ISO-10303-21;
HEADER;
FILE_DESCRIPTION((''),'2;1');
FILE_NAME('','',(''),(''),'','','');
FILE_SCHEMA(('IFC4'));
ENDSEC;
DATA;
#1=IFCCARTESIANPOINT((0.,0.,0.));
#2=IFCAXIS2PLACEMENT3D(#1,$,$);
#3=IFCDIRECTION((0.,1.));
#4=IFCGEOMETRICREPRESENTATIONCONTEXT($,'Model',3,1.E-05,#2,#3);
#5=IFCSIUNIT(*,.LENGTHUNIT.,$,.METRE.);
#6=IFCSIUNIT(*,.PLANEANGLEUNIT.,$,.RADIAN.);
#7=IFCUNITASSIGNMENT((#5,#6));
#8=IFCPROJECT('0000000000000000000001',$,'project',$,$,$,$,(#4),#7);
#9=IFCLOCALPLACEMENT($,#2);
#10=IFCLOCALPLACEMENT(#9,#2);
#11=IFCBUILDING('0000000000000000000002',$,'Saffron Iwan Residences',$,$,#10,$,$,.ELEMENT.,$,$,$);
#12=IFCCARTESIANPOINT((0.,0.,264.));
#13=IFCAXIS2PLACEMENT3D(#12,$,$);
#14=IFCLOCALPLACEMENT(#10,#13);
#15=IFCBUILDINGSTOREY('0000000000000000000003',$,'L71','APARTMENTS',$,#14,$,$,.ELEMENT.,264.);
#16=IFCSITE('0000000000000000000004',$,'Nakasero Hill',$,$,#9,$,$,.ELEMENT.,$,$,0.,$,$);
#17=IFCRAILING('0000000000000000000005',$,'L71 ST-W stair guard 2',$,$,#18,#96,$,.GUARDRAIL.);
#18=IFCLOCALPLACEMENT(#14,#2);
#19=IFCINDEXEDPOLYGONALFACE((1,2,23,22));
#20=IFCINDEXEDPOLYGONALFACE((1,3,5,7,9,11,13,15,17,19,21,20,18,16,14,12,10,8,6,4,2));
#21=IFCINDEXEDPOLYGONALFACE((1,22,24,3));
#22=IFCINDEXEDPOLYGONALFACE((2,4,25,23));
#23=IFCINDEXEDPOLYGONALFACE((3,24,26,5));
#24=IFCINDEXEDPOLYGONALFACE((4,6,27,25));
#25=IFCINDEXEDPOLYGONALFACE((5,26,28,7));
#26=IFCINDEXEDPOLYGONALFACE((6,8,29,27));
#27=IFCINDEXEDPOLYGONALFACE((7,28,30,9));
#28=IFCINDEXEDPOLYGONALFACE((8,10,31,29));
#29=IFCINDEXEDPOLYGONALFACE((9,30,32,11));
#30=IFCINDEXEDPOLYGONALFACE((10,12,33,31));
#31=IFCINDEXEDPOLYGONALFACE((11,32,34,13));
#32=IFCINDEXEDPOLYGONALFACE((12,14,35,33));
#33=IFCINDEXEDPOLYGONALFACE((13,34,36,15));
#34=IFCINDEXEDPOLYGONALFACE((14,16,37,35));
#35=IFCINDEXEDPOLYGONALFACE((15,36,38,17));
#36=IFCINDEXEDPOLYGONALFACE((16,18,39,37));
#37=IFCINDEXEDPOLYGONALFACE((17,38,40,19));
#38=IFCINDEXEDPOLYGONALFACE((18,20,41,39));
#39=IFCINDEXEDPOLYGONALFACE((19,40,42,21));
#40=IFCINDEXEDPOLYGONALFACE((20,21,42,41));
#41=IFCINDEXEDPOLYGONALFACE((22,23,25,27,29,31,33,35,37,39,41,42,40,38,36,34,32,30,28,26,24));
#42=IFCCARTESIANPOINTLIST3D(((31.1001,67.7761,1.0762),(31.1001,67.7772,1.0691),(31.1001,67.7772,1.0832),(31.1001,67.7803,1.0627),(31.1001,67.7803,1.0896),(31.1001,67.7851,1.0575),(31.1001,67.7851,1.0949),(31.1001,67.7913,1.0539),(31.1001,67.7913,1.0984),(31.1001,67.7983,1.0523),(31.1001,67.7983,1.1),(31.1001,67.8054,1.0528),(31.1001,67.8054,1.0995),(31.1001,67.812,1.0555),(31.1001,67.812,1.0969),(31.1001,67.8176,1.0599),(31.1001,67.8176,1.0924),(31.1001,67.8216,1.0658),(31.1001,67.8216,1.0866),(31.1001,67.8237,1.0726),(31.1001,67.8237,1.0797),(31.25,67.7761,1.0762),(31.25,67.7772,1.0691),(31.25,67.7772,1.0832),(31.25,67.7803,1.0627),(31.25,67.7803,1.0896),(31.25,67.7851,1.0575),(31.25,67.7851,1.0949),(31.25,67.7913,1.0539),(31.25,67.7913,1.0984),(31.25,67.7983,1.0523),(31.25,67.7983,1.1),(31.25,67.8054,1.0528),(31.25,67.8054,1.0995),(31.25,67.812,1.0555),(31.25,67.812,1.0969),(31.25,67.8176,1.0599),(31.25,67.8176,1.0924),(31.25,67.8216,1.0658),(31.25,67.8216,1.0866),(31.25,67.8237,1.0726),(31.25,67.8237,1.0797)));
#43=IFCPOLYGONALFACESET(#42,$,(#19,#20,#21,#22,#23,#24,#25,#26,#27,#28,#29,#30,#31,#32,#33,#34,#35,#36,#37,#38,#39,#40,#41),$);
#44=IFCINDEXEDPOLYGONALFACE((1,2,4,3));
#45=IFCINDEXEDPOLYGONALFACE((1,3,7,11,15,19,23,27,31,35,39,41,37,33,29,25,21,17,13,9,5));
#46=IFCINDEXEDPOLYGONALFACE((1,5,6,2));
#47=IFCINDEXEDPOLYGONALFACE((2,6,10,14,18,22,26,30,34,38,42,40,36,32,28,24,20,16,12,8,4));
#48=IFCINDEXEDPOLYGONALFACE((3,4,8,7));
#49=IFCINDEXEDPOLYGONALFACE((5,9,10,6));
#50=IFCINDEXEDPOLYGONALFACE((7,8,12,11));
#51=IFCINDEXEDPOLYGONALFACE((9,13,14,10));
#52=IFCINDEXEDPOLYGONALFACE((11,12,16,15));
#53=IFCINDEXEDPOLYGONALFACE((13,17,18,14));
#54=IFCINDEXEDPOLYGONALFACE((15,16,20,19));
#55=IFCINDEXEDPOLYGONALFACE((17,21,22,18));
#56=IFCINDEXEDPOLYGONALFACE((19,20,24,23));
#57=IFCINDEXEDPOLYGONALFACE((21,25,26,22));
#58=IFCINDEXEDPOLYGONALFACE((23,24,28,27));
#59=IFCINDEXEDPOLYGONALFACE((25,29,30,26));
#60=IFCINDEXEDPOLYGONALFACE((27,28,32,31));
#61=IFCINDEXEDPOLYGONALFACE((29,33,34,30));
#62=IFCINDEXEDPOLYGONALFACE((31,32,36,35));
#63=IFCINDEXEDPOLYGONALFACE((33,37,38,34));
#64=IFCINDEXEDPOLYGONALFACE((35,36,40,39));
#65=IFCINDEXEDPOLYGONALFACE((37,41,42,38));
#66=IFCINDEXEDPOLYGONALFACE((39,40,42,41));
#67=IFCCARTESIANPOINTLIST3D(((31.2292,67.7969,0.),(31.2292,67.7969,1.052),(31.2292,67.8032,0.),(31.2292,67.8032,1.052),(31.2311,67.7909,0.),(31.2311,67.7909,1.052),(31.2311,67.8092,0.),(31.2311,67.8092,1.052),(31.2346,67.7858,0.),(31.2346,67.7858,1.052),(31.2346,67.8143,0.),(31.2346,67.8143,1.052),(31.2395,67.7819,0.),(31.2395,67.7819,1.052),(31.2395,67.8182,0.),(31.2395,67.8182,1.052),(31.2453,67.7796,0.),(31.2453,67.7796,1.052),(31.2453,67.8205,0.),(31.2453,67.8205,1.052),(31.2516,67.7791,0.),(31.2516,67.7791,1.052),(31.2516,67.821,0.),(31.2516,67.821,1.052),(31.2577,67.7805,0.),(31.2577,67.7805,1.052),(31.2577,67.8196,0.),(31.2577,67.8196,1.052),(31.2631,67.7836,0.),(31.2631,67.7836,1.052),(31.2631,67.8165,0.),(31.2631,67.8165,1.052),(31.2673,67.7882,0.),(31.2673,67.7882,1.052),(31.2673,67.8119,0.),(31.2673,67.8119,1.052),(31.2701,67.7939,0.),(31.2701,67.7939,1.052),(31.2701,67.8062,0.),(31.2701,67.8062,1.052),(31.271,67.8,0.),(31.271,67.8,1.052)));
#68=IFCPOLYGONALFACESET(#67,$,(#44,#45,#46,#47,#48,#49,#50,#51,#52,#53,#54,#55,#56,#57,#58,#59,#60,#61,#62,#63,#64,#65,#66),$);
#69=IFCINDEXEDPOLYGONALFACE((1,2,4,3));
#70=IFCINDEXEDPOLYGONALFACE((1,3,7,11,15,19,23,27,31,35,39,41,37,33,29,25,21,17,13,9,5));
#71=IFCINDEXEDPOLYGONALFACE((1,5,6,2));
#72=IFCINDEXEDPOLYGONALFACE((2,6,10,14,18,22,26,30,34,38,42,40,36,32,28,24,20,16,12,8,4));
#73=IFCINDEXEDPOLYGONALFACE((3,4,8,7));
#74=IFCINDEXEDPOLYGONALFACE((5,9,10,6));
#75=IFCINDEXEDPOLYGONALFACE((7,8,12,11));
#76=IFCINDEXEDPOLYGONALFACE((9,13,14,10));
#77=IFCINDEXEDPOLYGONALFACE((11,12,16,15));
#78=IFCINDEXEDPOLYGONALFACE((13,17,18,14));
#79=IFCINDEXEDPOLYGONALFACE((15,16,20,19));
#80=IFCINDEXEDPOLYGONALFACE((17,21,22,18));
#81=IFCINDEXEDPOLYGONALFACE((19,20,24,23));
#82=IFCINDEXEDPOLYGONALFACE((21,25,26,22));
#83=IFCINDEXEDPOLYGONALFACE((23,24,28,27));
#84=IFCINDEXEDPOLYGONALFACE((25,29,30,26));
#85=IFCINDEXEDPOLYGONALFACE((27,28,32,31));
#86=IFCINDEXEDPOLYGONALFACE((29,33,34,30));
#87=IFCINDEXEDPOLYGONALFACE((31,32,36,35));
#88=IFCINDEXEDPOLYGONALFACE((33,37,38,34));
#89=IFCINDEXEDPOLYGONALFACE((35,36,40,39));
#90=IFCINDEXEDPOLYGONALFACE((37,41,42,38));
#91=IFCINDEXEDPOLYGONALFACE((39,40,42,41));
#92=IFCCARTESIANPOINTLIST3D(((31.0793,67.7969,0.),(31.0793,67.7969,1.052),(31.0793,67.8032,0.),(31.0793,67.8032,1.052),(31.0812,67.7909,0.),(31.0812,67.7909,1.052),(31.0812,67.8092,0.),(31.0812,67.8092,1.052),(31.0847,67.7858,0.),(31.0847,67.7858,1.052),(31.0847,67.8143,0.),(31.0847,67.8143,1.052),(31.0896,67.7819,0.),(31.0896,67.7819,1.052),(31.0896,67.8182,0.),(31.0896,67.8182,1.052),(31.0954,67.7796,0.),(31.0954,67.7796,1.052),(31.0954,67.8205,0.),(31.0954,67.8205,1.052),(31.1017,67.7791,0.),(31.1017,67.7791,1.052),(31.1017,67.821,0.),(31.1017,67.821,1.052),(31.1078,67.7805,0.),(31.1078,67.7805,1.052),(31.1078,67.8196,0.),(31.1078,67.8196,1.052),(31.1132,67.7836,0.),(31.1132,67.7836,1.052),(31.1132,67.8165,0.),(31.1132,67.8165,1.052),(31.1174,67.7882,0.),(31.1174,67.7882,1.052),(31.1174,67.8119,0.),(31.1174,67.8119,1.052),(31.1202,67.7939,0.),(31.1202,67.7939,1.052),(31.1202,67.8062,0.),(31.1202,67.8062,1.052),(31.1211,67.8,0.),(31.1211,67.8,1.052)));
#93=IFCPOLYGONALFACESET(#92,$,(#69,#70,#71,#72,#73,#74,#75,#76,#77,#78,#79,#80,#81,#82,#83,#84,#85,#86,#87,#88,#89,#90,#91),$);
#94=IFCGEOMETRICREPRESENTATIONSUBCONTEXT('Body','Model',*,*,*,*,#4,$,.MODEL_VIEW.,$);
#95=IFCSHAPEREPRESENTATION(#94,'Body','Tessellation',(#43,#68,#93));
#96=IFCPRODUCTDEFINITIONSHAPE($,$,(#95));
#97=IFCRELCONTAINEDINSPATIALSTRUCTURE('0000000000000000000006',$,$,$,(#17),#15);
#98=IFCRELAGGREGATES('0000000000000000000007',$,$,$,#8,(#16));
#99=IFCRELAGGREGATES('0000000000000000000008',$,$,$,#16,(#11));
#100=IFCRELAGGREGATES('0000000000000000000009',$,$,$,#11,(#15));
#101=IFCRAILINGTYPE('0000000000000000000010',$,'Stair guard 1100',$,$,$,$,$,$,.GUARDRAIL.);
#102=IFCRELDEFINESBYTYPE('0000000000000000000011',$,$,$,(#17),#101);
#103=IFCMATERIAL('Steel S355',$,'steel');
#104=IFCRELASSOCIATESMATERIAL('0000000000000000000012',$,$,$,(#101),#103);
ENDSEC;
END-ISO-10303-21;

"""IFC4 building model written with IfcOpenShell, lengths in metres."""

from ifc_helpers import new_model, si_unit, direction, frame, origin, origin_2d, place, context, subcontext, project, spatial, circle, extrude, material, type_object, element, save


model = new_model("IFC4")

# Units and contexts
model_context = context("Model", 3, precision=1e-05, world=origin(), true_north=direction((0.0, 1.0)))
body_context = subcontext(model_context, "Body", "Model", "MODEL_VIEW")
ifc_project = project(units=[si_unit("LENGTHUNIT", "METRE"), si_unit("PLANEANGLEUNIT", "RADIAN")], contexts=[model_context])

# Site, building, storey
site_placement = place(None, origin())
site = spatial("IfcSite", under=ifc_project, at=site_placement, Name="Nakasero Hill", CompositionType="ELEMENT", RefElevation=0.0)
building_placement = place(site_placement, origin())
building = spatial("IfcBuilding", under=site, at=building_placement, Name="Saffron Iwan Residences", CompositionType="ELEMENT")
storey_placement = place(building_placement, frame((0.0, 0.0, 264.0)))
storey = spatial("IfcBuildingStorey", under=building, at=storey_placement, Name="L71", Description="APARTMENTS", CompositionType="ELEMENT", Elevation=264.0)

# Railing
ifc_material_1 = material(Name="Steel S355", Category="steel")
railing_type_1 = type_object("IfcRailingType", Name="Stair guard 1100", PredefinedType="GUARDRAIL", material=ifc_material_1)
railing_1_placement = place(storey_placement, frame((31.25, 67.8, 0.0)))
element("IfcRailing", 1, at=railing_1_placement, inside=storey, type_object=railing_type_1, Name="L71 ST-W stair guard 2", PredefinedType="GUARDRAIL", context=body_context, shape_type="SweptSolid", body=[
    extrude(circle(Radius=0.0239, at=origin_2d()), frame((0.0, 0.0, 1.0762), z_axis=(-1.0, 0.0, 0.0), x_axis=(0.0, -1.0, 0.0)), (0.0, 0.0, 1.0), 0.1499),
    extrude(circle(Radius=0.021, at=origin_2d()), origin(), (0.0, 0.0, 1.0), 1.052),
    extrude(circle(Radius=0.021, at=origin_2d()), frame((-0.1499, 0.0, 0.0)), (0.0, 0.0, 1.0), 1.052),
])

save(model, "model.ifc")
